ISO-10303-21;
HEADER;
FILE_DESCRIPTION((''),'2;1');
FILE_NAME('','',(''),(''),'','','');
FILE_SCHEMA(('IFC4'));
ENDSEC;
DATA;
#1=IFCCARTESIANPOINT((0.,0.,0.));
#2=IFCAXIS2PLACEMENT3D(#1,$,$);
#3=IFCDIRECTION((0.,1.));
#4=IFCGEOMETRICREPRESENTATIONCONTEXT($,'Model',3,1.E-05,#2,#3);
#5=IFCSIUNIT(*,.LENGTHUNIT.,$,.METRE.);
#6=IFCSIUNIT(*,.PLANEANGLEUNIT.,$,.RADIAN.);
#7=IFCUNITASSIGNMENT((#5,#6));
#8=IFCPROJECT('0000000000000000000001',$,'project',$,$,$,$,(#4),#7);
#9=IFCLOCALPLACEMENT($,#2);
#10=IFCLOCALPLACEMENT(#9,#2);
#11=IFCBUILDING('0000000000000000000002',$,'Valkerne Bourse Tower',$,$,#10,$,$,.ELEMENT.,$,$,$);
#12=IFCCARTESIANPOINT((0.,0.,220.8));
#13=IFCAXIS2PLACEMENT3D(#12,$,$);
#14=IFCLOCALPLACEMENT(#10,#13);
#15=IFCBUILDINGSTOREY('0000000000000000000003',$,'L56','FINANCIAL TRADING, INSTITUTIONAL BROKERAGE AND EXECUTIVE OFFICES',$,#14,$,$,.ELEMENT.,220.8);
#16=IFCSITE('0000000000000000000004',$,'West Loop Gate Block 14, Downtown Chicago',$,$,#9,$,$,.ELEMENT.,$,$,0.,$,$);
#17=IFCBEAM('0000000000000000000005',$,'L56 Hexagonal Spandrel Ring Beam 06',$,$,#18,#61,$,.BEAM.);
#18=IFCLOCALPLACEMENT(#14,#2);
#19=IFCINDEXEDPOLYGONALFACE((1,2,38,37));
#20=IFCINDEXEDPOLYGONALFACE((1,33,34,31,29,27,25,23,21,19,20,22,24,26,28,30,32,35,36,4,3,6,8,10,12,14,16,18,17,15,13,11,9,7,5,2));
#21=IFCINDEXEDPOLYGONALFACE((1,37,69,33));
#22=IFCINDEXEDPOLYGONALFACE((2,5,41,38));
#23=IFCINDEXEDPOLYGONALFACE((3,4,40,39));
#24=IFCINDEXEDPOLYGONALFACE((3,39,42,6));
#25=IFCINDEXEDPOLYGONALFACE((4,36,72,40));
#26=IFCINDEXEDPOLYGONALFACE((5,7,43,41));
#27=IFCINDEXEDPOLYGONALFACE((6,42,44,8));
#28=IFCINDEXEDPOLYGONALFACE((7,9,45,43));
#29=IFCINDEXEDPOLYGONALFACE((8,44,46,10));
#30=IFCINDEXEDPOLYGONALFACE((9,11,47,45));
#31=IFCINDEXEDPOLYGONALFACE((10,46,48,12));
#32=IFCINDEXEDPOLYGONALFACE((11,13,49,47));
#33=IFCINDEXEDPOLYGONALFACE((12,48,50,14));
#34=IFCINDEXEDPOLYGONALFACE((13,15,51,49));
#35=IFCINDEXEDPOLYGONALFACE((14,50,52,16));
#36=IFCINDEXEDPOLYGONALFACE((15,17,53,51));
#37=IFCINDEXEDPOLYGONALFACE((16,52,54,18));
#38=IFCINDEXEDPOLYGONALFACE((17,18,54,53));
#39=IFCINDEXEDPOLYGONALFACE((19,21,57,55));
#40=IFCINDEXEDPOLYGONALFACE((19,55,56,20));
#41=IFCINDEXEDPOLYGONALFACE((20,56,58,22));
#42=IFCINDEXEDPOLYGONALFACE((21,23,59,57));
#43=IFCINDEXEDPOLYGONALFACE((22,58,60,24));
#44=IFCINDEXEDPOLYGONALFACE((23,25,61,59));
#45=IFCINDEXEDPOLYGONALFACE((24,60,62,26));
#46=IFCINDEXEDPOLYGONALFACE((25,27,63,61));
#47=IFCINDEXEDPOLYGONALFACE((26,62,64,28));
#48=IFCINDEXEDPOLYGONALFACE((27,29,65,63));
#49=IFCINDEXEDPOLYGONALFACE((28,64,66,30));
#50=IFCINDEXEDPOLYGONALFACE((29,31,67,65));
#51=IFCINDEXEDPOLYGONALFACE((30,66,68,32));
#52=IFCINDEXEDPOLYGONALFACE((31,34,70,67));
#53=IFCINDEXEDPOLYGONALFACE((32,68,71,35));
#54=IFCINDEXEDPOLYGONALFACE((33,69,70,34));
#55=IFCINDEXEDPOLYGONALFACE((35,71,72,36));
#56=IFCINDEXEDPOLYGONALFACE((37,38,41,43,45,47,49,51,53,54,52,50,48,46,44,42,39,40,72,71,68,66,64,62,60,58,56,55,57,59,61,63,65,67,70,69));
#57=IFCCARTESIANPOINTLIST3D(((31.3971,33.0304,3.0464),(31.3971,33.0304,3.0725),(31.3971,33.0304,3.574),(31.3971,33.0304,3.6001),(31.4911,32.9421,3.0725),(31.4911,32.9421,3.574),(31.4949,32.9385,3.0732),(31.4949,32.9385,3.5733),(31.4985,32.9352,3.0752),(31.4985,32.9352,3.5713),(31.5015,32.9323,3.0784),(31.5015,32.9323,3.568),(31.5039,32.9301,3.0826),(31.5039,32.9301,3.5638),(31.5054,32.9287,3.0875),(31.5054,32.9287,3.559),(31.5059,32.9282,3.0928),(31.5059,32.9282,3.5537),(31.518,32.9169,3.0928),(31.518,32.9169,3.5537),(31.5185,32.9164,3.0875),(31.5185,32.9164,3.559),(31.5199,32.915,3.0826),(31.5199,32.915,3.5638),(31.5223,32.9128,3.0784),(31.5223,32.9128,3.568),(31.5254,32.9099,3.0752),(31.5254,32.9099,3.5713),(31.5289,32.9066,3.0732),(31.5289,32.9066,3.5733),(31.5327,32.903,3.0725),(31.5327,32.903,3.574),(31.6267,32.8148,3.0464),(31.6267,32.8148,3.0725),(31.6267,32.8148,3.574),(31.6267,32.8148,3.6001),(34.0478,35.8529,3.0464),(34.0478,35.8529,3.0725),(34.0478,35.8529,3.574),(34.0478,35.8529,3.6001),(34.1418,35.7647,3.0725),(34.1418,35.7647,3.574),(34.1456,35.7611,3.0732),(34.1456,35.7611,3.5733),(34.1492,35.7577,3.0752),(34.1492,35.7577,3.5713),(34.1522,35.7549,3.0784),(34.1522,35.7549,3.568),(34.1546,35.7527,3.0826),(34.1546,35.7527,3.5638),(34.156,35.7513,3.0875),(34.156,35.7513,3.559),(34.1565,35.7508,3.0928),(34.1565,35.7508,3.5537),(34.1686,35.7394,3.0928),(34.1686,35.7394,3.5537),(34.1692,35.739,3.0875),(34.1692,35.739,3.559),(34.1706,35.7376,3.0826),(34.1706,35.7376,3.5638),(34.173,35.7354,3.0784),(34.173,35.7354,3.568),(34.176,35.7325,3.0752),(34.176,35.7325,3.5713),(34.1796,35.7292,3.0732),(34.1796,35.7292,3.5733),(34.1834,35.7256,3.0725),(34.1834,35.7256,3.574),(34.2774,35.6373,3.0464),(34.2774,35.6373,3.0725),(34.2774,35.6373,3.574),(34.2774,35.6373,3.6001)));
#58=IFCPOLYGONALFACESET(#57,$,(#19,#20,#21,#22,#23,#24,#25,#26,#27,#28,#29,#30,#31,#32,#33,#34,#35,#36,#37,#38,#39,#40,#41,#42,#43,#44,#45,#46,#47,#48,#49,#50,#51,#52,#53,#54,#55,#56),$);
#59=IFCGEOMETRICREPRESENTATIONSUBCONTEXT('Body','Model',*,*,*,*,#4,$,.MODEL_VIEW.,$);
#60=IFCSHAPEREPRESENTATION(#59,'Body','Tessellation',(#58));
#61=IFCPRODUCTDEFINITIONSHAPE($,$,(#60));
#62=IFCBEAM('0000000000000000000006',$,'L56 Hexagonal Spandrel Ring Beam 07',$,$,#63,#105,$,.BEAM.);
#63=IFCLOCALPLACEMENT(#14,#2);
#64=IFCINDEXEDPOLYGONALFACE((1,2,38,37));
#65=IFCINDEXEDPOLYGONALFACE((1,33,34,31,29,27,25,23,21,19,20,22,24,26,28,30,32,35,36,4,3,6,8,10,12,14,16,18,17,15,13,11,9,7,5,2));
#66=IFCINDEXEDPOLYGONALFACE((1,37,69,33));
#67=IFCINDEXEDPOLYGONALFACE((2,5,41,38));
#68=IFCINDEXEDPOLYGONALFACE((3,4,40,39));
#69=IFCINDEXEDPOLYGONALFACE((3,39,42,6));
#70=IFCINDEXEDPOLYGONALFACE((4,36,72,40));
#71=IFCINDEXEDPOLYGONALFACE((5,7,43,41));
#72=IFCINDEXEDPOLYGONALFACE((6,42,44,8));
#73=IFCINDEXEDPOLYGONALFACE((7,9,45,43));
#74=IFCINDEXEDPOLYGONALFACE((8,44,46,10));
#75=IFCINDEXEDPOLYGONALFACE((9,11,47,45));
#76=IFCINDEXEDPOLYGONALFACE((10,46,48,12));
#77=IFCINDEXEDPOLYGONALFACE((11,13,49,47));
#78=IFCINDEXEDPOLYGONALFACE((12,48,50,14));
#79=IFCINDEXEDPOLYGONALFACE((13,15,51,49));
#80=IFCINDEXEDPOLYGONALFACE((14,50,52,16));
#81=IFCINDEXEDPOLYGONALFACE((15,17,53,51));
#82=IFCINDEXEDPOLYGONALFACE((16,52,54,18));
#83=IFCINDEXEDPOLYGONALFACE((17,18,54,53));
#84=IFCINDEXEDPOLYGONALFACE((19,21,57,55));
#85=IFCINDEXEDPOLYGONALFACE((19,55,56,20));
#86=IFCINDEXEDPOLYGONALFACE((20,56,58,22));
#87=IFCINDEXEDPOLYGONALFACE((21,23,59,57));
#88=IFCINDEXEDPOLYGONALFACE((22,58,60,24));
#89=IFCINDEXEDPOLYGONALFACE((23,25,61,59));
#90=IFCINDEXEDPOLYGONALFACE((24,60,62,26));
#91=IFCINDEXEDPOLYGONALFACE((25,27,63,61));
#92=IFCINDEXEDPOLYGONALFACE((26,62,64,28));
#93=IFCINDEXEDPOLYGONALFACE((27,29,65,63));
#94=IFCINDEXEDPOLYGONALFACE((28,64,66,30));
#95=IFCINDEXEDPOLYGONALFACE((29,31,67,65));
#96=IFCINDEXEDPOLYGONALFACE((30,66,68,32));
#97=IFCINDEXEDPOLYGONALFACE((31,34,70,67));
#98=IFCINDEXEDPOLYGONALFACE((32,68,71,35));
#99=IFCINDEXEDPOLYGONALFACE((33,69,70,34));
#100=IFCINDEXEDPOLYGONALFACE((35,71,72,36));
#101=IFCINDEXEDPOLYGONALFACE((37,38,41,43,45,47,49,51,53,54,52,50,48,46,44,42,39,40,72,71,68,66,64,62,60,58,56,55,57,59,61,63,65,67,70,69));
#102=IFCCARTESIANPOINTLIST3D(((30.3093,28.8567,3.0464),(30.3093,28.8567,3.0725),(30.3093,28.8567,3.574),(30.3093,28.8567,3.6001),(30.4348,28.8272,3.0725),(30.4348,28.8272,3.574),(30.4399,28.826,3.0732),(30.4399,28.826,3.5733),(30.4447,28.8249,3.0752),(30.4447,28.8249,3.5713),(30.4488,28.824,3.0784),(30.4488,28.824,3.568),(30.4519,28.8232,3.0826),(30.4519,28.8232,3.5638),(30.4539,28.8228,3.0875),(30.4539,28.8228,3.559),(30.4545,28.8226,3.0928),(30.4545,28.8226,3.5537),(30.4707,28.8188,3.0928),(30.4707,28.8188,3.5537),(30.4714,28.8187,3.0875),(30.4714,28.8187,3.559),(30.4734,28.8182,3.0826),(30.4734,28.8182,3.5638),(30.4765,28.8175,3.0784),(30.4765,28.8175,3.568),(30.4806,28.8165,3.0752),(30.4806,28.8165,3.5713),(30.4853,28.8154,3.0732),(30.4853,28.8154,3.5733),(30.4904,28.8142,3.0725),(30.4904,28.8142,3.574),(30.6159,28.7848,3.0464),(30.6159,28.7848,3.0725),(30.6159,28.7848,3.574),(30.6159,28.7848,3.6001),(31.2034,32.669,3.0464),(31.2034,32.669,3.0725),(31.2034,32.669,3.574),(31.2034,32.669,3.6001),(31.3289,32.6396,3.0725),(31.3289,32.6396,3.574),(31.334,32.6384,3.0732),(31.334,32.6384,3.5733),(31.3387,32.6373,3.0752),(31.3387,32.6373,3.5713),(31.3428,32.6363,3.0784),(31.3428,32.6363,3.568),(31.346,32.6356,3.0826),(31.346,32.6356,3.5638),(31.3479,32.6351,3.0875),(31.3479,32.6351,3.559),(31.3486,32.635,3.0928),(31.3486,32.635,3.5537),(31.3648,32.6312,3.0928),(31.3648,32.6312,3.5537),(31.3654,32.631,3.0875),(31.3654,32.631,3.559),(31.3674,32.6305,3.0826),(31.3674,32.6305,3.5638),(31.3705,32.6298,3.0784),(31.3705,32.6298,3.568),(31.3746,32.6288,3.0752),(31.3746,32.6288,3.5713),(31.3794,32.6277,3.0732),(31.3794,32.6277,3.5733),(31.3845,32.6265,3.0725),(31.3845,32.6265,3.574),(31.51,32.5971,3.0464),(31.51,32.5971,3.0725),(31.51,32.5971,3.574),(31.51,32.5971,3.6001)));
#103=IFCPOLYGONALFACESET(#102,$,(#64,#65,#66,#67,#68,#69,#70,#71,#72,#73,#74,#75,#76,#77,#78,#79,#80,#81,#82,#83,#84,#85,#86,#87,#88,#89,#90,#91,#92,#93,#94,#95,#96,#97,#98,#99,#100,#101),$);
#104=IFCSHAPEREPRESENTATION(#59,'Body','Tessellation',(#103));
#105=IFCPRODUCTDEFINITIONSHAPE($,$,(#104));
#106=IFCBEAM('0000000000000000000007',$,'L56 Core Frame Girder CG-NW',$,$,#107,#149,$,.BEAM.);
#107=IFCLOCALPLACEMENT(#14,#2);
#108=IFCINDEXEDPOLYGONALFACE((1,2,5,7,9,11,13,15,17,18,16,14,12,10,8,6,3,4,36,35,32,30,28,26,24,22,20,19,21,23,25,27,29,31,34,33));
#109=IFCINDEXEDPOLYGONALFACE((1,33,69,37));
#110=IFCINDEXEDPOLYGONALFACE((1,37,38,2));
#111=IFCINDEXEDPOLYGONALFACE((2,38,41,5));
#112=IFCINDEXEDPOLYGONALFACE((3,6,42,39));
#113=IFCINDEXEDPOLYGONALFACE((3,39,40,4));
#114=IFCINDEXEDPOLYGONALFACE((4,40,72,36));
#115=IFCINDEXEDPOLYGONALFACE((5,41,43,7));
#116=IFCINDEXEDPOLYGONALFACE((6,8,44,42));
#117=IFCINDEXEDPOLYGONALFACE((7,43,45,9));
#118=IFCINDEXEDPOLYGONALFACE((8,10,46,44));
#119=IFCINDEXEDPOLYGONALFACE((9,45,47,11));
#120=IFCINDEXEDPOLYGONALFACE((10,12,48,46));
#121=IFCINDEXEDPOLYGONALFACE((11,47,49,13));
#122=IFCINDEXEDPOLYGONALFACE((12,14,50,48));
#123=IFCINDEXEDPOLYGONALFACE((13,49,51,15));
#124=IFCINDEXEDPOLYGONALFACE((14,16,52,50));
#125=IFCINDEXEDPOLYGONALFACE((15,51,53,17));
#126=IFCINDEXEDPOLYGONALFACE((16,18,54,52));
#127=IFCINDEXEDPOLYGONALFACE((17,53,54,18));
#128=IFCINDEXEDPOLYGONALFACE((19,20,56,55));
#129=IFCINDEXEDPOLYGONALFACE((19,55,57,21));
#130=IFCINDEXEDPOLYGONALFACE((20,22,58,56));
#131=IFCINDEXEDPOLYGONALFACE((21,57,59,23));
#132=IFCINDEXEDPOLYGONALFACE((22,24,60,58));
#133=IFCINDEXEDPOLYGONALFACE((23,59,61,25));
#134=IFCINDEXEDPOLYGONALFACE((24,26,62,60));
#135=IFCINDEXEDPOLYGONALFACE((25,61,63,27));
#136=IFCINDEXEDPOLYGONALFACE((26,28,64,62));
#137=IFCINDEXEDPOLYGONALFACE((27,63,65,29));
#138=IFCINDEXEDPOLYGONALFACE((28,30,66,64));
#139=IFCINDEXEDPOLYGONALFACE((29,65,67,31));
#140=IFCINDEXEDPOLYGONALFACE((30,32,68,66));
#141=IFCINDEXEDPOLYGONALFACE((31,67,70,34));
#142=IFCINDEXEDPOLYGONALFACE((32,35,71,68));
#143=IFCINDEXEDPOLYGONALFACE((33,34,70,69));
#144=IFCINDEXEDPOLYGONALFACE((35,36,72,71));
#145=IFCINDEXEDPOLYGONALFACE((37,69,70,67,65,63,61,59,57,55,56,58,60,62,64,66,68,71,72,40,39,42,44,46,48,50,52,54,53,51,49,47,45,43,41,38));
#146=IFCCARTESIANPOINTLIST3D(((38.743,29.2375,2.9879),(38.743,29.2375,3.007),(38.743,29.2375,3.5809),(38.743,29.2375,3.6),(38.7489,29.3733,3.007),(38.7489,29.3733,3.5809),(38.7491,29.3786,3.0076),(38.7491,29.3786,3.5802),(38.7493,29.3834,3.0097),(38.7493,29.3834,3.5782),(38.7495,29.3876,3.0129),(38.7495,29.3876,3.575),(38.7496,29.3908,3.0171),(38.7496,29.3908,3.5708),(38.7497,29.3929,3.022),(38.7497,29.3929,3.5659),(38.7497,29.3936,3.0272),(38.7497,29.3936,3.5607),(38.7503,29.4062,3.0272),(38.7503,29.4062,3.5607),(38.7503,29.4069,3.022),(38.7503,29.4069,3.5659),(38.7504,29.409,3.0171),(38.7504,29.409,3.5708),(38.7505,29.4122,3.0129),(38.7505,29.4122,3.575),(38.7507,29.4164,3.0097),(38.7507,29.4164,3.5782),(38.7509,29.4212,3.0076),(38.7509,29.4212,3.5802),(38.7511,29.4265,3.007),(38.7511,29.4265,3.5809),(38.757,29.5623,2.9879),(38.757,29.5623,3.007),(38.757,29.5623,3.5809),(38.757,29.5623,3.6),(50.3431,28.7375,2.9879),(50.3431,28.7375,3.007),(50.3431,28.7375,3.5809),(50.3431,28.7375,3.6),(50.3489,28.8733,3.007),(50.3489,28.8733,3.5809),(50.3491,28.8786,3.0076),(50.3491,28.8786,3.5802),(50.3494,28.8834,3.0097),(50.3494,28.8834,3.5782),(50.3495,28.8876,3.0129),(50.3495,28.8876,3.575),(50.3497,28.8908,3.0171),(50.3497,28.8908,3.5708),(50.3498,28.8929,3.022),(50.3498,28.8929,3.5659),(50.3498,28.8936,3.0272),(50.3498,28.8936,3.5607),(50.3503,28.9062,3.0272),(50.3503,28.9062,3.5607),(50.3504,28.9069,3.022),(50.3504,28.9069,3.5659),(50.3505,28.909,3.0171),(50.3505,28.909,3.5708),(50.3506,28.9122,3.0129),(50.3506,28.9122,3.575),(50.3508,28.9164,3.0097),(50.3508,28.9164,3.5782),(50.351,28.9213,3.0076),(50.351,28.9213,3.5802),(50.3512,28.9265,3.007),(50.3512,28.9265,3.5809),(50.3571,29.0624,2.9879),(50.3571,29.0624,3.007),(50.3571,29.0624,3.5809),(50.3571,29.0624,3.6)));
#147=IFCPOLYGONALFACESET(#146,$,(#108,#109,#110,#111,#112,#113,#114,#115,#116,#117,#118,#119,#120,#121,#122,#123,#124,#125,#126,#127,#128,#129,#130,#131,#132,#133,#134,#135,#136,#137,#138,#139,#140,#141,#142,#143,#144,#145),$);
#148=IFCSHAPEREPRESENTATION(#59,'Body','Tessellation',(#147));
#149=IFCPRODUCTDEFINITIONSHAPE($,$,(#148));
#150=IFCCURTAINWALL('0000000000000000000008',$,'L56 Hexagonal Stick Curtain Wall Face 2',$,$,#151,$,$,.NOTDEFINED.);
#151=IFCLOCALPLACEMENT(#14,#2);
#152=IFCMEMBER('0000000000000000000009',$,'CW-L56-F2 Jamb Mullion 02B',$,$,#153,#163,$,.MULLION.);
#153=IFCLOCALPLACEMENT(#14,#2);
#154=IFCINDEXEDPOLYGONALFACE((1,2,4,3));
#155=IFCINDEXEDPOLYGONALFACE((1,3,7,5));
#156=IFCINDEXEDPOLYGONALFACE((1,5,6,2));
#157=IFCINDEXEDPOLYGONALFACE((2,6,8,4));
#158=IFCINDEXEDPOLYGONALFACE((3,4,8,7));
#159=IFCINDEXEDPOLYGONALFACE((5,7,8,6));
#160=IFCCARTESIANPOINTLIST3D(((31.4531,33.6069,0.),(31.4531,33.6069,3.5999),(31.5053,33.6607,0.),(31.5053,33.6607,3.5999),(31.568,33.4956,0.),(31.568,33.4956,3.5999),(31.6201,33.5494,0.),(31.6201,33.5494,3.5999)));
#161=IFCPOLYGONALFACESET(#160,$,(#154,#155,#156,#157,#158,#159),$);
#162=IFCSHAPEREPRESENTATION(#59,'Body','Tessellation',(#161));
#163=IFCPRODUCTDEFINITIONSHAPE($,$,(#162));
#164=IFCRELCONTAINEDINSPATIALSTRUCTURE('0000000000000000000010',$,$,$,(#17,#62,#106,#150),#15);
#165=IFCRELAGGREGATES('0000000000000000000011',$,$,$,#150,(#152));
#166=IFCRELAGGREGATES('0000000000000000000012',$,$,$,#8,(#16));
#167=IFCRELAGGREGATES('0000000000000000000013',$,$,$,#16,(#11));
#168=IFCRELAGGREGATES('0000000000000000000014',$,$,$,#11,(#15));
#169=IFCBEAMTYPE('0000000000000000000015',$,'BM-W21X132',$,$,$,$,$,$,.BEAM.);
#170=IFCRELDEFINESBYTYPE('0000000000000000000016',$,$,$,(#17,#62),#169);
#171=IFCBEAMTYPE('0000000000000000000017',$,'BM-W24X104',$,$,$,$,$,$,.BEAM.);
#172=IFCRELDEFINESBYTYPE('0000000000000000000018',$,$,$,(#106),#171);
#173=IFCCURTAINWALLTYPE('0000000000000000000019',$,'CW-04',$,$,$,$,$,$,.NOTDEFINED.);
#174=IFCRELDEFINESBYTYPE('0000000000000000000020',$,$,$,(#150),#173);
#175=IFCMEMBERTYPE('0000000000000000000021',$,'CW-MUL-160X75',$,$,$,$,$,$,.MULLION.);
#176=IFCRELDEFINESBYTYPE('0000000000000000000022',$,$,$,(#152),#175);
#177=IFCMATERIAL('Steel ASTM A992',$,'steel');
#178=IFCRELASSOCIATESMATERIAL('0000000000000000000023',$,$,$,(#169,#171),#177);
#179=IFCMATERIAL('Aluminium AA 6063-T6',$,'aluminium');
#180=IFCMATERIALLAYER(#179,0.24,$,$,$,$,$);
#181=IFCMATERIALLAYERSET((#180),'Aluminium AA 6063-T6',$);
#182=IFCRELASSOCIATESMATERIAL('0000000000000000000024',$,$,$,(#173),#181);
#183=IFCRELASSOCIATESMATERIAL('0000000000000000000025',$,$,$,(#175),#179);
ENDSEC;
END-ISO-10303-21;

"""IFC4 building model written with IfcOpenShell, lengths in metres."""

from ifc_helpers import new_model, si_unit, direction, frame, origin, origin_2d, place, context, subcontext, project, spatial, rectangle, i_section, extrude, material, layer, layer_set, material_profile, profile_set, type_object, element, aggregate, save


model = new_model("IFC4")

# Units and contexts
model_context = context("Model", 3, precision=1e-05, world=origin(), true_north=direction((0.0, 1.0)))
body_context = subcontext(model_context, "Body", "Model", "MODEL_VIEW")
ifc_project = project(units=[si_unit("LENGTHUNIT", "METRE"), si_unit("PLANEANGLEUNIT", "RADIAN")], contexts=[model_context])

# Site, building, storey
site_placement = place(None, origin())
site = spatial("IfcSite", under=ifc_project, at=site_placement, Name="West Loop Gate Block 14, Downtown Chicago", CompositionType="ELEMENT", RefElevation=0.0)
building_placement = place(site_placement, origin())
building = spatial("IfcBuilding", under=site, at=building_placement, Name="Valkerne Bourse Tower", CompositionType="ELEMENT")
storey_placement = place(building_placement, frame((0.0, 0.0, 220.8)))
storey = spatial("IfcBuildingStorey", under=building, at=storey_placement, Name="L56", Description="FINANCIAL TRADING, INSTITUTIONAL BROKERAGE AND EXECUTIVE OFFICES", CompositionType="ELEMENT", Elevation=220.8)

# Beams
ifc_material_1 = material(Name="Steel ASTM A992", Category="steel")
ifc_material_profile_1 = material_profile(ifc_material_1, i_section(OverallWidth=0.3149, OverallDepth=0.5537, WebThickness=0.0166, FlangeThickness=0.0261, FilletRadius=0.0203, at=origin_2d()), Name="W21X132")
ifc_profile_set_1 = profile_set([ifc_material_profile_1], Name="Steel ASTM A992")
beam_type_1 = type_object("IfcBeamType", Name="BM-W21X132", PredefinedType="BEAM", material=ifc_profile_set_1)
beam_1_placement = place(storey_placement, frame((34.1626, 35.7451, 3.3232), z_axis=(-0.684564, -0.728953, 0.0), x_axis=(0.728953, -0.684564, 0.0)))
element("IfcBeam", 1, at=beam_1_placement, inside=storey, type_object=beam_type_1, Name="L56 Hexagonal Spandrel Ring Beam 06", PredefinedType="BEAM", context=body_context, shape_type="SweptSolid", body=[
    extrude(i_section(OverallWidth=0.3149, OverallDepth=0.5537, WebThickness=0.0166, FlangeThickness=0.0261, FilletRadius=0.0203, at=origin_2d()), origin(), (0.0, 0.0, 1.0), 3.8721),
])
beam_2_placement = place(storey_placement, frame((31.3567, 32.6331, 3.3232), z_axis=(-0.228323, -0.973585, 0.0), x_axis=(0.973585, -0.228323, 0.0)))
element("IfcBeam", 2, at=beam_2_placement, inside=storey, type_object=beam_type_1, Name="L56 Hexagonal Spandrel Ring Beam 07", PredefinedType="BEAM", context=body_context, shape_type="SweptSolid", body=[
    extrude(i_section(OverallWidth=0.3149, OverallDepth=0.5537, WebThickness=0.0166, FlangeThickness=0.0261, FilletRadius=0.0203, at=origin_2d()), origin(), (0.0, 0.0, 1.0), 3.9158),
])
ifc_material_profile_2 = material_profile(ifc_material_1, i_section(OverallWidth=0.3252, OverallDepth=0.6121, WebThickness=0.0127, FlangeThickness=0.019, FilletRadius=0.0203, at=origin_2d()), Name="W24X104")
ifc_profile_set_2 = profile_set([ifc_material_profile_2], Name="Steel ASTM A992")
beam_type_2 = type_object("IfcBeamType", Name="BM-W24X104", PredefinedType="BEAM", material=ifc_profile_set_2)
beam_3_placement = place(storey_placement, frame((38.75, 29.3999, 3.2939), z_axis=(0.999072, -0.043063, 0.0), x_axis=(0.043063, 0.999072, 0.0)))
element("IfcBeam", 3, at=beam_3_placement, inside=storey, type_object=beam_type_2, Name="L56 Core Frame Girder CG-NW", PredefinedType="BEAM", context=body_context, shape_type="SweptSolid", body=[
    extrude(i_section(OverallWidth=0.3252, OverallDepth=0.6121, WebThickness=0.0127, FlangeThickness=0.019, FilletRadius=0.0203, at=origin_2d()), origin(), (0.0, 0.0, 1.0), 11.6108),
])

# Curtain wall, member
ifc_material_2 = material(Name="Aluminium AA 6063-T6", Category="aluminium")
ifc_layer_1 = layer(ifc_material_2, 0.24)
ifc_layer_set_1 = layer_set([ifc_layer_1], Name="Aluminium AA 6063-T6")
curtain_wall_type = type_object("IfcCurtainWallType", Name="CW-04", PredefinedType="NOTDEFINED", material=ifc_layer_set_1)
curtain_wall_placement = place(storey_placement, origin())
curtain_wall = element("IfcCurtainWall", 4, at=curtain_wall_placement, inside=storey, type_object=curtain_wall_type, Name="L56 Hexagonal Stick Curtain Wall Face 2", PredefinedType="NOTDEFINED")
ifc_material_profile_3 = material_profile(ifc_material_2, rectangle(XDim=0.075, YDim=0.1599, at=origin_2d()), Name="CWM-75X160")
ifc_profile_set_3 = profile_set([ifc_material_profile_3], Name="Aluminium AA 6063-T6")
member_type_1 = type_object("IfcMemberType", Name="CW-MUL-160X75", PredefinedType="MULLION", material=ifc_profile_set_3)
member_1_placement = place(storey_placement, frame((31.5366, 33.5781, 0.0), z_axis=(0.0, 0.0, 1.0), x_axis=(-0.69592, -0.718119, 0.0)))
member_1 = element("IfcMember", 5, at=member_1_placement, type_object=member_type_1, Name="CW-L56-F2 Jamb Mullion 02B", PredefinedType="MULLION", context=body_context, shape_type="SweptSolid", body=[
    extrude(rectangle(XDim=0.075, YDim=0.1599, at=origin_2d()), origin(), (0.0, 0.0, 1.0), 3.5999),
])

aggregate(curtain_wall, [member_1])

save(model, "model.ifc")
